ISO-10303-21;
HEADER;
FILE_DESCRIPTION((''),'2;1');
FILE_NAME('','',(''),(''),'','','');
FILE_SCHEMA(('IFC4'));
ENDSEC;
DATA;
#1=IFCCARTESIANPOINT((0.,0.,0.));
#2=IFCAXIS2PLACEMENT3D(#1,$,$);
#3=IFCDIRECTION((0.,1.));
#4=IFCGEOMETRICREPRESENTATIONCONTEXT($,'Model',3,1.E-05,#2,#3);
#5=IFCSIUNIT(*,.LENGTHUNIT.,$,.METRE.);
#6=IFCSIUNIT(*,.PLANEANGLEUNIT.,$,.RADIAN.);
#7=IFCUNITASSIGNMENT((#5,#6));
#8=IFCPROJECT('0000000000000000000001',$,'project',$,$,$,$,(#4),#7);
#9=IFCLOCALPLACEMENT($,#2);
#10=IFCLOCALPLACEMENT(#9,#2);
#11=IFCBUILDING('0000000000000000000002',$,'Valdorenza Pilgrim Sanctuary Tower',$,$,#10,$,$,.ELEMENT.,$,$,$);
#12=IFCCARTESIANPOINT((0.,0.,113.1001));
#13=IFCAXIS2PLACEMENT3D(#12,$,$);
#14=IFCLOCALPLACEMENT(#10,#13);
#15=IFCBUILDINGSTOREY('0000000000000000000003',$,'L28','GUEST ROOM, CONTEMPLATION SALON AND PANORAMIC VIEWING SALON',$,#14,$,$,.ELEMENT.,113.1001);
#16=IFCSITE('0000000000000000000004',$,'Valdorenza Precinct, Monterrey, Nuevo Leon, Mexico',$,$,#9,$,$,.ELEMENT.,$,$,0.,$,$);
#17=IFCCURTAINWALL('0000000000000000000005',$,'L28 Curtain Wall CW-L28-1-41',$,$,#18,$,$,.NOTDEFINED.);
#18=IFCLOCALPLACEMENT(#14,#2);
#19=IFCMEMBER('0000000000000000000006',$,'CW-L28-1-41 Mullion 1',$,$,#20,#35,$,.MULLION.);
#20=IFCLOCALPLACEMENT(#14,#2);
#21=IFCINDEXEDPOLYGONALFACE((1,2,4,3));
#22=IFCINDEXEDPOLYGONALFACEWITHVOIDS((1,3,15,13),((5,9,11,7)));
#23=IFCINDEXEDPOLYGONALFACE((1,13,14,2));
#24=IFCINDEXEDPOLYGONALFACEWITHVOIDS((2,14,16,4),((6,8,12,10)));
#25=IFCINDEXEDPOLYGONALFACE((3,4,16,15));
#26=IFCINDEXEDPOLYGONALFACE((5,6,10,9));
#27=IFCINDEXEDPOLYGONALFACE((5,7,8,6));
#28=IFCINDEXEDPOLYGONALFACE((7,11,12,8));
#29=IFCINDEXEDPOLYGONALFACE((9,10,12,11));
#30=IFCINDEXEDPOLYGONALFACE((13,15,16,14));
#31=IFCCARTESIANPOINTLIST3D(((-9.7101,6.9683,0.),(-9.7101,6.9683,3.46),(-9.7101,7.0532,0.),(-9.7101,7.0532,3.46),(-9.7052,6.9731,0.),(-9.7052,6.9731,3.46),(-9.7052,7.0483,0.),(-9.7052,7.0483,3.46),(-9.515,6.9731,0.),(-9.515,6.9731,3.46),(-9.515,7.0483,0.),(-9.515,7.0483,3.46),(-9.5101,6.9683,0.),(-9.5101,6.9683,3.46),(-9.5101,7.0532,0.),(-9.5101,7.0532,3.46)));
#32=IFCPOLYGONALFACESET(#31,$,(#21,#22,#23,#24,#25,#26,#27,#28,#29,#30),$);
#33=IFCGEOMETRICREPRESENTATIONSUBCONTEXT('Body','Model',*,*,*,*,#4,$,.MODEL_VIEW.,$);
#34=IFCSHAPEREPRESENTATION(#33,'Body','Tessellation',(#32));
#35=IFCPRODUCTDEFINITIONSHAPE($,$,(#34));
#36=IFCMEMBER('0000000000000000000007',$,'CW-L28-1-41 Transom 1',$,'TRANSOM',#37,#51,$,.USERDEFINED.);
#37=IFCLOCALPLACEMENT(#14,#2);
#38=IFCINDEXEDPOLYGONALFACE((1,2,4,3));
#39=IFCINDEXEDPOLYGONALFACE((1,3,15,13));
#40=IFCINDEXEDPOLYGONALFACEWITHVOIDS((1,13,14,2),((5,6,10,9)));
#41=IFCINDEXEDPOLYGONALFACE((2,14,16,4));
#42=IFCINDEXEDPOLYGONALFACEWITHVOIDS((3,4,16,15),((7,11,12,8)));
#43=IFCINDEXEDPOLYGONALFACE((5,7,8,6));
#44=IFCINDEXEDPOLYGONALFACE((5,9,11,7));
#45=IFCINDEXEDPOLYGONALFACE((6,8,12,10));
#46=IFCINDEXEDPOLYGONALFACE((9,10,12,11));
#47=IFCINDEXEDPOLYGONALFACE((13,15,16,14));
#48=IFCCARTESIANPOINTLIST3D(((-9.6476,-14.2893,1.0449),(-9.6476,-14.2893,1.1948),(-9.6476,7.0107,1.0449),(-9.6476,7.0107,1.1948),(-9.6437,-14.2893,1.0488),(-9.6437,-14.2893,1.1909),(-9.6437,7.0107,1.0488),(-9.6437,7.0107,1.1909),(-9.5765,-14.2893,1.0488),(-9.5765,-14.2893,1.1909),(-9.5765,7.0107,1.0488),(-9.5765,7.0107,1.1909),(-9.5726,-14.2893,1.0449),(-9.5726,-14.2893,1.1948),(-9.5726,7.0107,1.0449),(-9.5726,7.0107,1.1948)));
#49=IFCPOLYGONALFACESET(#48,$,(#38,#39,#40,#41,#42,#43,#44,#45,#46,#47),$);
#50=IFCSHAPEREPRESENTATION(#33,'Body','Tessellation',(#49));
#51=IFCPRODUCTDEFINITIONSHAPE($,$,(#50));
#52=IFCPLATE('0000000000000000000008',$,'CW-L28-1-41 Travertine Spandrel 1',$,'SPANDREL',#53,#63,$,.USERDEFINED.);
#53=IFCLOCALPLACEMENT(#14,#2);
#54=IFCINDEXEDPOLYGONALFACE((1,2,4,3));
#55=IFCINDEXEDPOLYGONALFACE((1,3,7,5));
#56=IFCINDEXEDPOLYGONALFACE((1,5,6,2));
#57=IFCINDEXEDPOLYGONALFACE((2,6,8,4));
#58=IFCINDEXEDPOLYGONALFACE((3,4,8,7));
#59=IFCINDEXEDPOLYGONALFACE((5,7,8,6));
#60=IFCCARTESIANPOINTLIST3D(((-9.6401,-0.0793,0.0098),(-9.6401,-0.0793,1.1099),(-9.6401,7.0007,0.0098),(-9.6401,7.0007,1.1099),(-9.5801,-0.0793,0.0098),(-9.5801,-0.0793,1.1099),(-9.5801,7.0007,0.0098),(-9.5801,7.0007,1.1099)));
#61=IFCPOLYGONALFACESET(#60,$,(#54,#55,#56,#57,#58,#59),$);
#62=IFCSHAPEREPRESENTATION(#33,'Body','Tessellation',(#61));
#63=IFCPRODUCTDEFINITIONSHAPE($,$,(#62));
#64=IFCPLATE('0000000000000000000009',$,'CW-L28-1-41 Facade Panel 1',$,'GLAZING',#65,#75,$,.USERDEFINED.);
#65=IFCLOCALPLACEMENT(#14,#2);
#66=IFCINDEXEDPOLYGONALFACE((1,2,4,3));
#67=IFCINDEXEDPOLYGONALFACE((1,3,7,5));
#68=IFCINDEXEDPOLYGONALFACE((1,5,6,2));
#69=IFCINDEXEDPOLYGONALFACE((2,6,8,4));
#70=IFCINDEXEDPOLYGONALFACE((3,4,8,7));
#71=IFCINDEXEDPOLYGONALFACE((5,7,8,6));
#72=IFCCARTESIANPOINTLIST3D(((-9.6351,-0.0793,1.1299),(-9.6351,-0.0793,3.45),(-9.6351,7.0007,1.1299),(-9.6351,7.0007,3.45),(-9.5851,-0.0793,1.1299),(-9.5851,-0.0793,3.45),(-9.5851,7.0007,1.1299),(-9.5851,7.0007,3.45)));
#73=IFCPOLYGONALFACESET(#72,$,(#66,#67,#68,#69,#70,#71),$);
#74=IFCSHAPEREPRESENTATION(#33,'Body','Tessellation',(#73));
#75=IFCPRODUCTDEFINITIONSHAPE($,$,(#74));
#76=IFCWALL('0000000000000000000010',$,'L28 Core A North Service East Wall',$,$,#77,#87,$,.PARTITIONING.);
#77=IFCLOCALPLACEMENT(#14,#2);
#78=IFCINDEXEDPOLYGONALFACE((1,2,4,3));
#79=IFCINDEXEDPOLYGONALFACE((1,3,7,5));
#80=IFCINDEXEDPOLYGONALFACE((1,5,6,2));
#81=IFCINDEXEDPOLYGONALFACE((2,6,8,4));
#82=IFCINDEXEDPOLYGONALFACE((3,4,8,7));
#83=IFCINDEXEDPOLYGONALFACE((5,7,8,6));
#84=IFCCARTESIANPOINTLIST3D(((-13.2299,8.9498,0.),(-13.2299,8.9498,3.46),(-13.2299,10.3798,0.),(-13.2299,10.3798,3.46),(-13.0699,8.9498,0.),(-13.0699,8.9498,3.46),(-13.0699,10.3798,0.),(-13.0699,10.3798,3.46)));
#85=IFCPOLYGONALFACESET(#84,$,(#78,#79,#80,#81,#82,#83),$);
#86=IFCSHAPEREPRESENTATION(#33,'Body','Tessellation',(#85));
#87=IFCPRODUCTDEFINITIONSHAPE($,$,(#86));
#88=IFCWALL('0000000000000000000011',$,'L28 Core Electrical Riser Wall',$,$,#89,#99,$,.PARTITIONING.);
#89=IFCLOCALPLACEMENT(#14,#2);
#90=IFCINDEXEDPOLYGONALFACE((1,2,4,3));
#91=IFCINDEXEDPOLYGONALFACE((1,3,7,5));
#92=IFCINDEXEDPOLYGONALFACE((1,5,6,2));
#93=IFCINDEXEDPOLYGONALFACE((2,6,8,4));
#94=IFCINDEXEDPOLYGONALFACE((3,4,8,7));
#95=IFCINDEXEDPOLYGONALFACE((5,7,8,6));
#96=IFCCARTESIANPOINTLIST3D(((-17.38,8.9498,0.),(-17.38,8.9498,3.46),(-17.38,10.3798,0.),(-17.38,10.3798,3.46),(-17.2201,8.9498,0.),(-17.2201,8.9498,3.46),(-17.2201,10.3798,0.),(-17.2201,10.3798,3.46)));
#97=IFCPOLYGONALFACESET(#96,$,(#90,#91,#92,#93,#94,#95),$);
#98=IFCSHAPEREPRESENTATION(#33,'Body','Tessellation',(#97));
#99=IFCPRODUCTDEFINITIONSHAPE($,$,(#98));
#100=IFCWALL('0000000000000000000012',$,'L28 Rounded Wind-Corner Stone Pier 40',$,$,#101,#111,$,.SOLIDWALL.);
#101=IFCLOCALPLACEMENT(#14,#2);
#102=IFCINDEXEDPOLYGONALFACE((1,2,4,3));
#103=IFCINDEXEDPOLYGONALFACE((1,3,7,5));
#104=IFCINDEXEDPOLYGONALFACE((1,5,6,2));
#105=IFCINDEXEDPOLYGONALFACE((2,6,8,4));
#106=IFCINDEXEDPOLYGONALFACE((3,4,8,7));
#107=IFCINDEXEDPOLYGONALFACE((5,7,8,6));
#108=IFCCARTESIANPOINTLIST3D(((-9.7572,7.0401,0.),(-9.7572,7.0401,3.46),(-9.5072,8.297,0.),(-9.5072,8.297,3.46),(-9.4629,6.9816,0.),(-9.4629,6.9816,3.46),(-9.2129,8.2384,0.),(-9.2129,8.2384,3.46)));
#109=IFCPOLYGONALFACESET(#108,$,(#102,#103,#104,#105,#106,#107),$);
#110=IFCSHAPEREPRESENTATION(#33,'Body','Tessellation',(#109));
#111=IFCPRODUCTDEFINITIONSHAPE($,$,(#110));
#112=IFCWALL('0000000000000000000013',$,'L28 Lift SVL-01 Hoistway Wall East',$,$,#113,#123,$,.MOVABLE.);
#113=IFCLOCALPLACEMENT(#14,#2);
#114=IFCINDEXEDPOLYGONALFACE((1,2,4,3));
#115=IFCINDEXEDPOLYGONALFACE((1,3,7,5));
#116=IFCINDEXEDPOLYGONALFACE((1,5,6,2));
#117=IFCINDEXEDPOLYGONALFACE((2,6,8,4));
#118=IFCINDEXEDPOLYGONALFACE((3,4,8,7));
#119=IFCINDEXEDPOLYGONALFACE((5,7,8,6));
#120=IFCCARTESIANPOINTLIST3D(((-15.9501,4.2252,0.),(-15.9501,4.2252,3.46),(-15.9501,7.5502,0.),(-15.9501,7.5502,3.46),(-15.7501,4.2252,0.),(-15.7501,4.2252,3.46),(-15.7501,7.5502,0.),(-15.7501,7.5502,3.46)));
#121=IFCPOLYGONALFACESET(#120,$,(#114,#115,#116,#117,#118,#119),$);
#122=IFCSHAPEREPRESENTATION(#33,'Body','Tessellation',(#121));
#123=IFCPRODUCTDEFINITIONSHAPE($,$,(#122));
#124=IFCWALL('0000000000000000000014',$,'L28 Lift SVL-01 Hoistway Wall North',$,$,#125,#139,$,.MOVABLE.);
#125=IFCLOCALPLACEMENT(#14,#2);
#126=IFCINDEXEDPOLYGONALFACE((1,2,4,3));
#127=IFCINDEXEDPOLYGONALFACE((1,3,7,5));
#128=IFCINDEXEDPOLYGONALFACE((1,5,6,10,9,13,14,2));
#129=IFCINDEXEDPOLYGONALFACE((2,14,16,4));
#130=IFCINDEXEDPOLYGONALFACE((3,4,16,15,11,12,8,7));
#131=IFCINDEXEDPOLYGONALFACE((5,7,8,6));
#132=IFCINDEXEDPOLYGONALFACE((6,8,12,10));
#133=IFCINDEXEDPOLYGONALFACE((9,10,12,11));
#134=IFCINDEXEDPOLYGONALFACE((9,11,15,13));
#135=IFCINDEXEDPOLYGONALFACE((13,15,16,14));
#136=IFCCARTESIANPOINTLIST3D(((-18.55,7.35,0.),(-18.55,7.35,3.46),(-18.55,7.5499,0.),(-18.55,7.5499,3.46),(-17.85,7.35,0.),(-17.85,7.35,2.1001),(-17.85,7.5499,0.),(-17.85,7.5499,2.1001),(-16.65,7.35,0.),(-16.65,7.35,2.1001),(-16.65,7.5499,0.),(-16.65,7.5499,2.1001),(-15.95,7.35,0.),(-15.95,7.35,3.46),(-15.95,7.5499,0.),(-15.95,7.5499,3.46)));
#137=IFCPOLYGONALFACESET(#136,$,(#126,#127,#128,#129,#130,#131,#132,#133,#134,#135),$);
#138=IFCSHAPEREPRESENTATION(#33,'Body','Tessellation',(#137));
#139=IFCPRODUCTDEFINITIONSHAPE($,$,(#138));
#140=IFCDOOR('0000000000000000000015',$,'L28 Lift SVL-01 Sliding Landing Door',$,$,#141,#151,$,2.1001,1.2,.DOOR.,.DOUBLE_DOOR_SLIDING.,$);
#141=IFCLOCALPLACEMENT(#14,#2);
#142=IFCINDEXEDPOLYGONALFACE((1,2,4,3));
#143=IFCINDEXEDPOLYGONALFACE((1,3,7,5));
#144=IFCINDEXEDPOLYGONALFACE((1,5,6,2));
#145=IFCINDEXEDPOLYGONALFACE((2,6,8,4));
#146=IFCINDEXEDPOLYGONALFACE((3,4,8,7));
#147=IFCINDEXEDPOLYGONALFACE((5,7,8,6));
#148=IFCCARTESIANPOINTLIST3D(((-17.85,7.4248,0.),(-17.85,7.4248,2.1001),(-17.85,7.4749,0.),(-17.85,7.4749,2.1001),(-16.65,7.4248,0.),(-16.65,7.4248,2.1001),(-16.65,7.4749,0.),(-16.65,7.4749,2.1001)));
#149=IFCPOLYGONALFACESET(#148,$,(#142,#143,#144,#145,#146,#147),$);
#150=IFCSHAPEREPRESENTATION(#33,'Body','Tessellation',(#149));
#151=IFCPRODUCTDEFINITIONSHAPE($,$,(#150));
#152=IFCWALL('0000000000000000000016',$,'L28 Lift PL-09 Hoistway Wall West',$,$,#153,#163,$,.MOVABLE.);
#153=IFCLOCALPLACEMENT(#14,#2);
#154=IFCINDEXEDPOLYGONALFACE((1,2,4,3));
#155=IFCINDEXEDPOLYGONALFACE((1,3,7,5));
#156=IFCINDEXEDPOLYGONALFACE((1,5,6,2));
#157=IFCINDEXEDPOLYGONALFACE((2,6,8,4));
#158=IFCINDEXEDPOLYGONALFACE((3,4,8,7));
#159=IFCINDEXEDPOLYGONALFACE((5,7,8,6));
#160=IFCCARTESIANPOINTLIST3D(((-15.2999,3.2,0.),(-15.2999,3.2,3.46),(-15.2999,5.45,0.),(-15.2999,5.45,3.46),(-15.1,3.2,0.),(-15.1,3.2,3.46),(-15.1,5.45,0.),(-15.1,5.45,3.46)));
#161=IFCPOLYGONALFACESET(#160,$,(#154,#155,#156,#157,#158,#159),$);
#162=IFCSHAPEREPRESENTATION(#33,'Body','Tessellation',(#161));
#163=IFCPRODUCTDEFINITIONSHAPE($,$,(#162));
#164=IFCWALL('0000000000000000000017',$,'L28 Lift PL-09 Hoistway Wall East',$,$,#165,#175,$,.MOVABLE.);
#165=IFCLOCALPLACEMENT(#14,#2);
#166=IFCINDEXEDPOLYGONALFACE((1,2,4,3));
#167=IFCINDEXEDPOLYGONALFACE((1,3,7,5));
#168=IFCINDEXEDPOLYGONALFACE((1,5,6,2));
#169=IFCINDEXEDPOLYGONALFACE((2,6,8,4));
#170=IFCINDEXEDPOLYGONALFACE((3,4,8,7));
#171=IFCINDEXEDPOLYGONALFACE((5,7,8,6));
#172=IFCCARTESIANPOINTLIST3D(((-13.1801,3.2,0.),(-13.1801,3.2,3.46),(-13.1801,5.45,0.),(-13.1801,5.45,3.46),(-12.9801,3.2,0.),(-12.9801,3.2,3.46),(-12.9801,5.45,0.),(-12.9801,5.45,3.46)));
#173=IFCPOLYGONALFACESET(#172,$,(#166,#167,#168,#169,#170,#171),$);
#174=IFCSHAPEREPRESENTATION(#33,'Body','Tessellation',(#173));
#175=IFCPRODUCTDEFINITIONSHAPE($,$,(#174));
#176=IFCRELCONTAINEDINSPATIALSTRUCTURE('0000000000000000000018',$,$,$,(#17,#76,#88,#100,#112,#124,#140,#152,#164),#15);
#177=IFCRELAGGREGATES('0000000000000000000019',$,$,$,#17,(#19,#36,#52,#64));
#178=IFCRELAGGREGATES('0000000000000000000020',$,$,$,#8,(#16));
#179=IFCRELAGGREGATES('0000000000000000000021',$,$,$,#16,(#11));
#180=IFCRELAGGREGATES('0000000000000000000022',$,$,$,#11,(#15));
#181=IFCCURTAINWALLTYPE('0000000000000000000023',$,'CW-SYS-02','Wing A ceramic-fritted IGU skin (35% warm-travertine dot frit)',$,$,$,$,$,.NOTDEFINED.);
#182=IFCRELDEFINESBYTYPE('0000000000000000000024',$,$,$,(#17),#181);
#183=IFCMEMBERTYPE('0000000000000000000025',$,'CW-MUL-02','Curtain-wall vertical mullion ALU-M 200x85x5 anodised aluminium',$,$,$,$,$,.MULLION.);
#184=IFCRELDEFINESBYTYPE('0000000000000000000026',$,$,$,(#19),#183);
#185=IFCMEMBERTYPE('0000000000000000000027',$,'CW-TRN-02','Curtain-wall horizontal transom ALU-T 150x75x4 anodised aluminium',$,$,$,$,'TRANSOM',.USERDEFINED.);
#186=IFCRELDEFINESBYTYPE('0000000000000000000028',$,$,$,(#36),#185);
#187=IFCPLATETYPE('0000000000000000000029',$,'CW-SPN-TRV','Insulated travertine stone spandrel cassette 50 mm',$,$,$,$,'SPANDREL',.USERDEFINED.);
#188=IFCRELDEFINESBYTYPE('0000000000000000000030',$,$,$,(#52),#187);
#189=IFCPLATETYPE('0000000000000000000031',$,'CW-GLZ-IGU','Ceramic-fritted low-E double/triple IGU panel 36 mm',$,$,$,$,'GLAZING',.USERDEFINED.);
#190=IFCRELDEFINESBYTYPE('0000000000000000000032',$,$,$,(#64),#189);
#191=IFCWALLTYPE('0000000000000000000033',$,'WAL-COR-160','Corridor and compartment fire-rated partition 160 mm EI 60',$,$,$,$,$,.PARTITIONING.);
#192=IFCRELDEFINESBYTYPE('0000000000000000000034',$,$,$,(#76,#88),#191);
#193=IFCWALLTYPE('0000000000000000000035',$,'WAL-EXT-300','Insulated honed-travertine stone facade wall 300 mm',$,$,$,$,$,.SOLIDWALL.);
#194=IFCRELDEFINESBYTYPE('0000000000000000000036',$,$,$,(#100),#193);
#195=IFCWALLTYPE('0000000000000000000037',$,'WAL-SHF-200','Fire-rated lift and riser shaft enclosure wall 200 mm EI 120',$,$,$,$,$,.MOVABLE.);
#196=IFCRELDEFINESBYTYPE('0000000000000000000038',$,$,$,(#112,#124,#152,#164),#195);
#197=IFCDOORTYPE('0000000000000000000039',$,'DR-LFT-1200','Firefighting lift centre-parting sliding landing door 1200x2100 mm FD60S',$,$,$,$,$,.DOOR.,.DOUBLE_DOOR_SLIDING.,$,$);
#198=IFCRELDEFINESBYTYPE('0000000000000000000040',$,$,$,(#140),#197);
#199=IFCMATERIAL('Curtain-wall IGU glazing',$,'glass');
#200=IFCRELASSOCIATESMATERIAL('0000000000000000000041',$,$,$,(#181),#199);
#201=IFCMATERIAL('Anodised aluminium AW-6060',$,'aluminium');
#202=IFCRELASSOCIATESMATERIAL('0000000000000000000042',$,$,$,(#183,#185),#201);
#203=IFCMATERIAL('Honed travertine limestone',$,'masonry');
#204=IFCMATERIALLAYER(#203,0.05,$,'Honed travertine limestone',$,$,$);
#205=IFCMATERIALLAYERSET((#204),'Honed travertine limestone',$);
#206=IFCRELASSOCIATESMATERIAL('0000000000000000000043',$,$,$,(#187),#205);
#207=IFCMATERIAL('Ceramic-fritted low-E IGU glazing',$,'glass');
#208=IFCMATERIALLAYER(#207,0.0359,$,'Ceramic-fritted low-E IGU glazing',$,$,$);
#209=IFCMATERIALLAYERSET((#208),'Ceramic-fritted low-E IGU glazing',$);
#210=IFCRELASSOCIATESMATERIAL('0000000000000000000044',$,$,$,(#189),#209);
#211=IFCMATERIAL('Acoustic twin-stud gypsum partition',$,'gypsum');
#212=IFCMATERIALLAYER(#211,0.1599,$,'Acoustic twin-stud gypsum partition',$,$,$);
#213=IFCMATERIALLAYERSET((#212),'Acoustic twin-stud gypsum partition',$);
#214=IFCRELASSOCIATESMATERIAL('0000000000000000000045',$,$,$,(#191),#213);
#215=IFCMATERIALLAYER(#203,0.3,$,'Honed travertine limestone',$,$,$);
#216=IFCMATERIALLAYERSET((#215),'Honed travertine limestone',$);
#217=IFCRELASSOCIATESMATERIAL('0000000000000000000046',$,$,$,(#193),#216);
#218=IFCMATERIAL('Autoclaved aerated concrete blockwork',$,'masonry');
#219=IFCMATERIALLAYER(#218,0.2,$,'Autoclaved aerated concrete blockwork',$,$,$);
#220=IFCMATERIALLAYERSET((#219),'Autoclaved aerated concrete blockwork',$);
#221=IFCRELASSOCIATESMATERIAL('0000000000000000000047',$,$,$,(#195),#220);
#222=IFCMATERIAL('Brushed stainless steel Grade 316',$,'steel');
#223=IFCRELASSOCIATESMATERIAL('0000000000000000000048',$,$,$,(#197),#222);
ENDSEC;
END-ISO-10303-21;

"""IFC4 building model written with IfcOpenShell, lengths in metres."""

from ifc_helpers import new_model, si_unit, direction, frame, frame_2d, origin, origin_2d, place, context, subcontext, project, spatial, rectangle, hollow_rectangle, extrude, source, transform, mapped, material, layer, layer_set, material_profile, profile_set, type_object, element, fill, aggregate, save


model = new_model("IFC4")

# Units and contexts
model_context = context("Model", 3, precision=1e-05, world=origin(), true_north=direction((0.0, 1.0)))
body_context = subcontext(model_context, "Body", "Model", "MODEL_VIEW")
ifc_project = project(units=[si_unit("LENGTHUNIT", "METRE"), si_unit("PLANEANGLEUNIT", "RADIAN")], contexts=[model_context])

# Site, building, storey
site_placement = place(None, origin())
site = spatial("IfcSite", under=ifc_project, at=site_placement, Name="Valdorenza Precinct, Monterrey, Nuevo Leon, Mexico", CompositionType="ELEMENT", RefElevation=0.0)
building_placement = place(site_placement, origin())
building = spatial("IfcBuilding", under=site, at=building_placement, Name="Valdorenza Pilgrim Sanctuary Tower", CompositionType="ELEMENT")
storey_placement = place(building_placement, frame((0.0, 0.0, 113.1001)))
storey = spatial("IfcBuildingStorey", under=building, at=storey_placement, Name="L28", Description="GUEST ROOM, CONTEMPLATION SALON AND PANORAMIC VIEWING SALON", CompositionType="ELEMENT", Elevation=113.1001)

# Curtain wall, members, plates
ifc_material_1 = material(Name="Curtain-wall IGU glazing", Category="glass")
curtain_wall_type = type_object("IfcCurtainWallType", Name="CW-SYS-02", Description="Wing A ceramic-fritted IGU skin (35% warm-travertine dot frit)", PredefinedType="NOTDEFINED", material=ifc_material_1)
curtain_wall_placement = place(storey_placement, origin())
curtain_wall = element("IfcCurtainWall", 1, at=curtain_wall_placement, inside=storey, type_object=curtain_wall_type, Name="L28 Curtain Wall CW-L28-1-41", PredefinedType="NOTDEFINED")
ifc_material_2 = material(Name="Anodised aluminium AW-6060", Category="aluminium")
ifc_material_profile_1 = material_profile(ifc_material_2, hollow_rectangle(XDim=0.085, YDim=0.2, WallThickness=0.0049, at=origin_2d()), Name="ALU-M 200x85x5")
ifc_profile_set_1 = profile_set([ifc_material_profile_1], Name="Anodised aluminium AW-6060")
member_type_1 = type_object("IfcMemberType", Name="CW-MUL-02", Description="Curtain-wall vertical mullion ALU-M 200x85x5 anodised aluminium", PredefinedType="MULLION", material=ifc_profile_set_1)
shared_shape_1 = source(origin(), body_context, "Body", "SweptSolid", [
    extrude(hollow_rectangle(XDim=0.085, YDim=0.2, WallThickness=0.0049, at=origin_2d()), origin(), (0.0, 0.0, 1.0), 3.46),
])
member_1_placement = place(storey_placement, frame((-9.6101, 7.0107, 0.0), z_axis=(0.0, 0.0, 1.0), x_axis=(0.0, -1.0, 0.0)))
member_1 = element("IfcMember", 2, at=member_1_placement, type_object=member_type_1, Name="CW-L28-1-41 Mullion 1", PredefinedType="MULLION", context=body_context, shape_type="MappedRepresentation", body=[
    mapped(shared_shape_1, transform((0.0, 0.0, 0.0), x_axis=(1.0, 0.0, 0.0), y_axis=(0.0, 1.0, 0.0), z_axis=(0.0, 0.0, 1.0), scale=1.0)),
])
ifc_material_profile_2 = material_profile(ifc_material_2, hollow_rectangle(XDim=0.075, YDim=0.1499, WallThickness=0.0039, at=origin_2d()), Name="ALU-T 150x75x4")
ifc_profile_set_2 = profile_set([ifc_material_profile_2], Name="Anodised aluminium AW-6060")
member_type_2 = type_object("IfcMemberType", Name="CW-TRN-02", Description="Curtain-wall horizontal transom ALU-T 150x75x4 anodised aluminium", ElementType="TRANSOM", PredefinedType="USERDEFINED", material=ifc_profile_set_2)
shared_shape_2 = source(origin(), body_context, "Body", "SweptSolid", [
    extrude(hollow_rectangle(XDim=0.075, YDim=0.1499, WallThickness=0.0039, at=origin_2d()), origin(), (0.0, 0.0, 1.0), 21.3),
])
member_2_placement = place(storey_placement, frame((-9.6101, 7.0107, 1.1199), z_axis=(0.0, -1.0, 0.0), x_axis=(1.0, 0.0, 0.0)))
member_2 = element("IfcMember", 3, at=member_2_placement, type_object=member_type_2, Name="CW-L28-1-41 Transom 1", ObjectType="TRANSOM", PredefinedType="USERDEFINED", context=body_context, shape_type="MappedRepresentation", body=[
    mapped(shared_shape_2, transform((0.0, 0.0, 0.0), x_axis=(1.0, 0.0, 0.0), y_axis=(0.0, 1.0, 0.0), z_axis=(0.0, 0.0, 1.0), scale=1.0)),
])
ifc_material_3 = material(Name="Honed travertine limestone", Category="masonry")
ifc_layer_1 = layer(ifc_material_3, 0.05, Name="Honed travertine limestone")
ifc_layer_set_1 = layer_set([ifc_layer_1], Name="Honed travertine limestone")
plate_type_1 = type_object("IfcPlateType", Name="CW-SPN-TRV", Description="Insulated travertine stone spandrel cassette 50 mm", ElementType="SPANDREL", PredefinedType="USERDEFINED", material=ifc_layer_set_1)
shared_shape_3 = source(origin(), body_context, "Body", "SweptSolid", [
    extrude(rectangle(XDim=7.0801, YDim=0.0601, at=origin_2d()), origin(), (0.0, 0.0, 1.0), 1.1001),
])
plate_1_placement = place(storey_placement, frame((-9.6101, 3.4607, 0.0098), z_axis=(0.0, 0.0, 1.0), x_axis=(0.0, -1.0, 0.0)))
plate_1 = element("IfcPlate", 4, at=plate_1_placement, type_object=plate_type_1, Name="CW-L28-1-41 Travertine Spandrel 1", ObjectType="SPANDREL", PredefinedType="USERDEFINED", context=body_context, shape_type="MappedRepresentation", body=[
    mapped(shared_shape_3, transform((0.0, 0.0, 0.0), x_axis=(1.0, 0.0, 0.0), y_axis=(0.0, 1.0, 0.0), z_axis=(0.0, 0.0, 1.0), scale=1.0)),
])
ifc_material_4 = material(Name="Ceramic-fritted low-E IGU glazing", Category="glass")
ifc_layer_2 = layer(ifc_material_4, 0.0359, Name="Ceramic-fritted low-E IGU glazing")
ifc_layer_set_2 = layer_set([ifc_layer_2], Name="Ceramic-fritted low-E IGU glazing")
plate_type_2 = type_object("IfcPlateType", Name="CW-GLZ-IGU", Description="Ceramic-fritted low-E double/triple IGU panel 36 mm", ElementType="GLAZING", PredefinedType="USERDEFINED", material=ifc_layer_set_2)
shared_shape_4 = source(origin(), body_context, "Body", "SweptSolid", [
    extrude(rectangle(XDim=7.0801, YDim=0.05, at=origin_2d()), origin(), (0.0, 0.0, 1.0), 2.3201),
])
plate_2_placement = place(storey_placement, frame((-9.6101, 3.4607, 1.1299), z_axis=(0.0, 0.0, 1.0), x_axis=(0.0, -1.0, 0.0)))
plate_2 = element("IfcPlate", 5, at=plate_2_placement, type_object=plate_type_2, Name="CW-L28-1-41 Facade Panel 1", ObjectType="GLAZING", PredefinedType="USERDEFINED", context=body_context, shape_type="MappedRepresentation", body=[
    mapped(shared_shape_4, transform((0.0, 0.0, 0.0), x_axis=(1.0, 0.0, 0.0), y_axis=(0.0, 1.0, 0.0), z_axis=(0.0, 0.0, 1.0), scale=1.0)),
])
aggregate(curtain_wall, [member_1, member_2, plate_1, plate_2])

# Walls
ifc_material_5 = material(Name="Acoustic twin-stud gypsum partition", Category="gypsum")
ifc_layer_3 = layer(ifc_material_5, 0.1599, Name="Acoustic twin-stud gypsum partition")
ifc_layer_set_3 = layer_set([ifc_layer_3], Name="Acoustic twin-stud gypsum partition")
wall_type_1 = type_object("IfcWallType", Name="WAL-COR-160", Description="Corridor and compartment fire-rated partition 160 mm EI 60", PredefinedType="PARTITIONING", material=ifc_layer_set_3)
for number, where, z_axis, x_axis, name in (
    (6, (-13.1499, 8.95, 0.0), (0.0, 0.0, 1.0), (0.0, 1.0, 0.0), "L28 Core A North Service East Wall"),
    (7, (-17.3, 8.95, 0.0), (0.0, 0.0, 1.0), (0.0, 1.0, 0.0), "L28 Core Electrical Riser Wall"),
):
    element("IfcWall", number, at=place(storey_placement, frame(where, z_axis=z_axis, x_axis=x_axis)), inside=storey, type_object=wall_type_1, Name=name, PredefinedType="PARTITIONING", context=body_context, shape_type="SweptSolid", body=[
        extrude(rectangle(XDim=1.4299, YDim=0.1599, at=frame_2d((0.7148, 0.0))), origin(), (0.0, 0.0, 1.0), 3.46),
    ])
ifc_layer_4 = layer(ifc_material_3, 0.3, Name="Honed travertine limestone")
ifc_layer_set_4 = layer_set([ifc_layer_4], Name="Honed travertine limestone")
wall_type_2 = type_object("IfcWallType", Name="WAL-EXT-300", Description="Insulated honed-travertine stone facade wall 300 mm", PredefinedType="SOLIDWALL", material=ifc_layer_set_4)
wall_1_placement = place(storey_placement, frame((-9.3601, 8.2676, 0.0), z_axis=(0.0, 0.0, 1.0), x_axis=(-0.19509, -0.980785, 0.0)))
element("IfcWall", 8, at=wall_1_placement, inside=storey, type_object=wall_type_2, Name="L28 Rounded Wind-Corner Stone Pier 40", PredefinedType="SOLIDWALL", context=body_context, shape_type="SweptSolid", body=[
    extrude(rectangle(XDim=1.2815, YDim=0.3, at=frame_2d((0.6406, 0.0))), origin(), (0.0, 0.0, 1.0), 3.46),
])
ifc_material_6 = material(Name="Autoclaved aerated concrete blockwork", Category="masonry")
ifc_layer_5 = layer(ifc_material_6, 0.2, Name="Autoclaved aerated concrete blockwork")
ifc_layer_set_5 = layer_set([ifc_layer_5], Name="Autoclaved aerated concrete blockwork")
wall_type_3 = type_object("IfcWallType", Name="WAL-SHF-200", Description="Fire-rated lift and riser shaft enclosure wall 200 mm EI 120", PredefinedType="MOVABLE", material=ifc_layer_set_5)
wall_2_placement = place(storey_placement, frame((-15.8501, 4.2251, 0.0), z_axis=(0.0, 0.0, 1.0), x_axis=(0.0, 1.0, 0.0)))
element("IfcWall", 9, at=wall_2_placement, inside=storey, type_object=wall_type_3, Name="L28 Lift SVL-01 Hoistway Wall East", PredefinedType="MOVABLE", context=body_context, shape_type="SweptSolid", body=[
    extrude(rectangle(XDim=3.325, YDim=0.2, at=frame_2d((1.6626, 0.0))), origin(), (0.0, 0.0, 1.0), 3.46),
])

# Wall, opening, door
wall_3_placement = place(storey_placement, frame((-18.55, 7.45, 0.0), z_axis=(0.0, 0.0, 1.0), x_axis=(1.0, 0.0, 0.0)))
wall_3 = element("IfcWall", 10, at=wall_3_placement, inside=storey, type_object=wall_type_3, Name="L28 Lift SVL-01 Hoistway Wall North", PredefinedType="MOVABLE", context=body_context, shape_type="SweptSolid", body=[
    extrude(rectangle(XDim=2.6001, YDim=0.2, at=frame_2d((1.3, 0.0))), origin(), (0.0, 0.0, 1.0), 3.46),
])
opening_placement = place(wall_3_placement, frame((0.7, 0.0, 0.0)))
opening = element("IfcOpeningElement", 11, at=opening_placement, cuts=wall_3, PredefinedType="OPENING", context=body_context, shape_type="SweptSolid", body=[
    extrude(rectangle(XDim=1.2, YDim=2.1001, at=frame_2d((0.6001, 1.05))), frame((0.0, 0.1147, 0.0), z_axis=(0.0, -1.0, 0.0), x_axis=(1.0, 0.0, 0.0)), (0.0, 0.0, 1.0), 0.2297),
])
ifc_material_7 = material(Name="Brushed stainless steel Grade 316", Category="steel")
door_type = type_object("IfcDoorType", Name="DR-LFT-1200", Description="Firefighting lift centre-parting sliding landing door 1200x2100 mm FD60S", OperationType="DOUBLE_DOOR_SLIDING", PredefinedType="DOOR", material=ifc_material_7)
door_placement = place(opening_placement, origin())
door = element("IfcDoor", 12, at=door_placement, inside=storey, type_object=door_type, Name="L28 Lift SVL-01 Sliding Landing Door", OperationType="DOUBLE_DOOR_SLIDING", OverallHeight=2.1001, OverallWidth=1.2, PredefinedType="DOOR", context=body_context, shape_type="SweptSolid", body=[
    extrude(rectangle(XDim=1.2, YDim=2.1001, at=frame_2d((0.6001, 1.05))), frame((0.0, 0.0249, 0.0), z_axis=(0.0, -1.0, 0.0), x_axis=(1.0, 0.0, 0.0)), (0.0, 0.0, 1.0), 0.05),
])
fill(opening, door)

# Walls
for number, where, z_axis, x_axis, name in (
    (13, (-15.2, 3.2, 0.0), (0.0, 0.0, 1.0), (0.0, 1.0, 0.0), "L28 Lift PL-09 Hoistway Wall West"),
    (14, (-13.0801, 3.2, 0.0), (0.0, 0.0, 1.0), (0.0, 1.0, 0.0), "L28 Lift PL-09 Hoistway Wall East"),
):
    element("IfcWall", number, at=place(storey_placement, frame(where, z_axis=z_axis, x_axis=x_axis)), inside=storey, type_object=wall_type_3, Name=name, PredefinedType="MOVABLE", context=body_context, shape_type="SweptSolid", body=[
        extrude(rectangle(XDim=2.25, YDim=0.2, at=frame_2d((1.125, 0.0))), origin(), (0.0, 0.0, 1.0), 3.46),
    ])

save(model, "model.ifc")
